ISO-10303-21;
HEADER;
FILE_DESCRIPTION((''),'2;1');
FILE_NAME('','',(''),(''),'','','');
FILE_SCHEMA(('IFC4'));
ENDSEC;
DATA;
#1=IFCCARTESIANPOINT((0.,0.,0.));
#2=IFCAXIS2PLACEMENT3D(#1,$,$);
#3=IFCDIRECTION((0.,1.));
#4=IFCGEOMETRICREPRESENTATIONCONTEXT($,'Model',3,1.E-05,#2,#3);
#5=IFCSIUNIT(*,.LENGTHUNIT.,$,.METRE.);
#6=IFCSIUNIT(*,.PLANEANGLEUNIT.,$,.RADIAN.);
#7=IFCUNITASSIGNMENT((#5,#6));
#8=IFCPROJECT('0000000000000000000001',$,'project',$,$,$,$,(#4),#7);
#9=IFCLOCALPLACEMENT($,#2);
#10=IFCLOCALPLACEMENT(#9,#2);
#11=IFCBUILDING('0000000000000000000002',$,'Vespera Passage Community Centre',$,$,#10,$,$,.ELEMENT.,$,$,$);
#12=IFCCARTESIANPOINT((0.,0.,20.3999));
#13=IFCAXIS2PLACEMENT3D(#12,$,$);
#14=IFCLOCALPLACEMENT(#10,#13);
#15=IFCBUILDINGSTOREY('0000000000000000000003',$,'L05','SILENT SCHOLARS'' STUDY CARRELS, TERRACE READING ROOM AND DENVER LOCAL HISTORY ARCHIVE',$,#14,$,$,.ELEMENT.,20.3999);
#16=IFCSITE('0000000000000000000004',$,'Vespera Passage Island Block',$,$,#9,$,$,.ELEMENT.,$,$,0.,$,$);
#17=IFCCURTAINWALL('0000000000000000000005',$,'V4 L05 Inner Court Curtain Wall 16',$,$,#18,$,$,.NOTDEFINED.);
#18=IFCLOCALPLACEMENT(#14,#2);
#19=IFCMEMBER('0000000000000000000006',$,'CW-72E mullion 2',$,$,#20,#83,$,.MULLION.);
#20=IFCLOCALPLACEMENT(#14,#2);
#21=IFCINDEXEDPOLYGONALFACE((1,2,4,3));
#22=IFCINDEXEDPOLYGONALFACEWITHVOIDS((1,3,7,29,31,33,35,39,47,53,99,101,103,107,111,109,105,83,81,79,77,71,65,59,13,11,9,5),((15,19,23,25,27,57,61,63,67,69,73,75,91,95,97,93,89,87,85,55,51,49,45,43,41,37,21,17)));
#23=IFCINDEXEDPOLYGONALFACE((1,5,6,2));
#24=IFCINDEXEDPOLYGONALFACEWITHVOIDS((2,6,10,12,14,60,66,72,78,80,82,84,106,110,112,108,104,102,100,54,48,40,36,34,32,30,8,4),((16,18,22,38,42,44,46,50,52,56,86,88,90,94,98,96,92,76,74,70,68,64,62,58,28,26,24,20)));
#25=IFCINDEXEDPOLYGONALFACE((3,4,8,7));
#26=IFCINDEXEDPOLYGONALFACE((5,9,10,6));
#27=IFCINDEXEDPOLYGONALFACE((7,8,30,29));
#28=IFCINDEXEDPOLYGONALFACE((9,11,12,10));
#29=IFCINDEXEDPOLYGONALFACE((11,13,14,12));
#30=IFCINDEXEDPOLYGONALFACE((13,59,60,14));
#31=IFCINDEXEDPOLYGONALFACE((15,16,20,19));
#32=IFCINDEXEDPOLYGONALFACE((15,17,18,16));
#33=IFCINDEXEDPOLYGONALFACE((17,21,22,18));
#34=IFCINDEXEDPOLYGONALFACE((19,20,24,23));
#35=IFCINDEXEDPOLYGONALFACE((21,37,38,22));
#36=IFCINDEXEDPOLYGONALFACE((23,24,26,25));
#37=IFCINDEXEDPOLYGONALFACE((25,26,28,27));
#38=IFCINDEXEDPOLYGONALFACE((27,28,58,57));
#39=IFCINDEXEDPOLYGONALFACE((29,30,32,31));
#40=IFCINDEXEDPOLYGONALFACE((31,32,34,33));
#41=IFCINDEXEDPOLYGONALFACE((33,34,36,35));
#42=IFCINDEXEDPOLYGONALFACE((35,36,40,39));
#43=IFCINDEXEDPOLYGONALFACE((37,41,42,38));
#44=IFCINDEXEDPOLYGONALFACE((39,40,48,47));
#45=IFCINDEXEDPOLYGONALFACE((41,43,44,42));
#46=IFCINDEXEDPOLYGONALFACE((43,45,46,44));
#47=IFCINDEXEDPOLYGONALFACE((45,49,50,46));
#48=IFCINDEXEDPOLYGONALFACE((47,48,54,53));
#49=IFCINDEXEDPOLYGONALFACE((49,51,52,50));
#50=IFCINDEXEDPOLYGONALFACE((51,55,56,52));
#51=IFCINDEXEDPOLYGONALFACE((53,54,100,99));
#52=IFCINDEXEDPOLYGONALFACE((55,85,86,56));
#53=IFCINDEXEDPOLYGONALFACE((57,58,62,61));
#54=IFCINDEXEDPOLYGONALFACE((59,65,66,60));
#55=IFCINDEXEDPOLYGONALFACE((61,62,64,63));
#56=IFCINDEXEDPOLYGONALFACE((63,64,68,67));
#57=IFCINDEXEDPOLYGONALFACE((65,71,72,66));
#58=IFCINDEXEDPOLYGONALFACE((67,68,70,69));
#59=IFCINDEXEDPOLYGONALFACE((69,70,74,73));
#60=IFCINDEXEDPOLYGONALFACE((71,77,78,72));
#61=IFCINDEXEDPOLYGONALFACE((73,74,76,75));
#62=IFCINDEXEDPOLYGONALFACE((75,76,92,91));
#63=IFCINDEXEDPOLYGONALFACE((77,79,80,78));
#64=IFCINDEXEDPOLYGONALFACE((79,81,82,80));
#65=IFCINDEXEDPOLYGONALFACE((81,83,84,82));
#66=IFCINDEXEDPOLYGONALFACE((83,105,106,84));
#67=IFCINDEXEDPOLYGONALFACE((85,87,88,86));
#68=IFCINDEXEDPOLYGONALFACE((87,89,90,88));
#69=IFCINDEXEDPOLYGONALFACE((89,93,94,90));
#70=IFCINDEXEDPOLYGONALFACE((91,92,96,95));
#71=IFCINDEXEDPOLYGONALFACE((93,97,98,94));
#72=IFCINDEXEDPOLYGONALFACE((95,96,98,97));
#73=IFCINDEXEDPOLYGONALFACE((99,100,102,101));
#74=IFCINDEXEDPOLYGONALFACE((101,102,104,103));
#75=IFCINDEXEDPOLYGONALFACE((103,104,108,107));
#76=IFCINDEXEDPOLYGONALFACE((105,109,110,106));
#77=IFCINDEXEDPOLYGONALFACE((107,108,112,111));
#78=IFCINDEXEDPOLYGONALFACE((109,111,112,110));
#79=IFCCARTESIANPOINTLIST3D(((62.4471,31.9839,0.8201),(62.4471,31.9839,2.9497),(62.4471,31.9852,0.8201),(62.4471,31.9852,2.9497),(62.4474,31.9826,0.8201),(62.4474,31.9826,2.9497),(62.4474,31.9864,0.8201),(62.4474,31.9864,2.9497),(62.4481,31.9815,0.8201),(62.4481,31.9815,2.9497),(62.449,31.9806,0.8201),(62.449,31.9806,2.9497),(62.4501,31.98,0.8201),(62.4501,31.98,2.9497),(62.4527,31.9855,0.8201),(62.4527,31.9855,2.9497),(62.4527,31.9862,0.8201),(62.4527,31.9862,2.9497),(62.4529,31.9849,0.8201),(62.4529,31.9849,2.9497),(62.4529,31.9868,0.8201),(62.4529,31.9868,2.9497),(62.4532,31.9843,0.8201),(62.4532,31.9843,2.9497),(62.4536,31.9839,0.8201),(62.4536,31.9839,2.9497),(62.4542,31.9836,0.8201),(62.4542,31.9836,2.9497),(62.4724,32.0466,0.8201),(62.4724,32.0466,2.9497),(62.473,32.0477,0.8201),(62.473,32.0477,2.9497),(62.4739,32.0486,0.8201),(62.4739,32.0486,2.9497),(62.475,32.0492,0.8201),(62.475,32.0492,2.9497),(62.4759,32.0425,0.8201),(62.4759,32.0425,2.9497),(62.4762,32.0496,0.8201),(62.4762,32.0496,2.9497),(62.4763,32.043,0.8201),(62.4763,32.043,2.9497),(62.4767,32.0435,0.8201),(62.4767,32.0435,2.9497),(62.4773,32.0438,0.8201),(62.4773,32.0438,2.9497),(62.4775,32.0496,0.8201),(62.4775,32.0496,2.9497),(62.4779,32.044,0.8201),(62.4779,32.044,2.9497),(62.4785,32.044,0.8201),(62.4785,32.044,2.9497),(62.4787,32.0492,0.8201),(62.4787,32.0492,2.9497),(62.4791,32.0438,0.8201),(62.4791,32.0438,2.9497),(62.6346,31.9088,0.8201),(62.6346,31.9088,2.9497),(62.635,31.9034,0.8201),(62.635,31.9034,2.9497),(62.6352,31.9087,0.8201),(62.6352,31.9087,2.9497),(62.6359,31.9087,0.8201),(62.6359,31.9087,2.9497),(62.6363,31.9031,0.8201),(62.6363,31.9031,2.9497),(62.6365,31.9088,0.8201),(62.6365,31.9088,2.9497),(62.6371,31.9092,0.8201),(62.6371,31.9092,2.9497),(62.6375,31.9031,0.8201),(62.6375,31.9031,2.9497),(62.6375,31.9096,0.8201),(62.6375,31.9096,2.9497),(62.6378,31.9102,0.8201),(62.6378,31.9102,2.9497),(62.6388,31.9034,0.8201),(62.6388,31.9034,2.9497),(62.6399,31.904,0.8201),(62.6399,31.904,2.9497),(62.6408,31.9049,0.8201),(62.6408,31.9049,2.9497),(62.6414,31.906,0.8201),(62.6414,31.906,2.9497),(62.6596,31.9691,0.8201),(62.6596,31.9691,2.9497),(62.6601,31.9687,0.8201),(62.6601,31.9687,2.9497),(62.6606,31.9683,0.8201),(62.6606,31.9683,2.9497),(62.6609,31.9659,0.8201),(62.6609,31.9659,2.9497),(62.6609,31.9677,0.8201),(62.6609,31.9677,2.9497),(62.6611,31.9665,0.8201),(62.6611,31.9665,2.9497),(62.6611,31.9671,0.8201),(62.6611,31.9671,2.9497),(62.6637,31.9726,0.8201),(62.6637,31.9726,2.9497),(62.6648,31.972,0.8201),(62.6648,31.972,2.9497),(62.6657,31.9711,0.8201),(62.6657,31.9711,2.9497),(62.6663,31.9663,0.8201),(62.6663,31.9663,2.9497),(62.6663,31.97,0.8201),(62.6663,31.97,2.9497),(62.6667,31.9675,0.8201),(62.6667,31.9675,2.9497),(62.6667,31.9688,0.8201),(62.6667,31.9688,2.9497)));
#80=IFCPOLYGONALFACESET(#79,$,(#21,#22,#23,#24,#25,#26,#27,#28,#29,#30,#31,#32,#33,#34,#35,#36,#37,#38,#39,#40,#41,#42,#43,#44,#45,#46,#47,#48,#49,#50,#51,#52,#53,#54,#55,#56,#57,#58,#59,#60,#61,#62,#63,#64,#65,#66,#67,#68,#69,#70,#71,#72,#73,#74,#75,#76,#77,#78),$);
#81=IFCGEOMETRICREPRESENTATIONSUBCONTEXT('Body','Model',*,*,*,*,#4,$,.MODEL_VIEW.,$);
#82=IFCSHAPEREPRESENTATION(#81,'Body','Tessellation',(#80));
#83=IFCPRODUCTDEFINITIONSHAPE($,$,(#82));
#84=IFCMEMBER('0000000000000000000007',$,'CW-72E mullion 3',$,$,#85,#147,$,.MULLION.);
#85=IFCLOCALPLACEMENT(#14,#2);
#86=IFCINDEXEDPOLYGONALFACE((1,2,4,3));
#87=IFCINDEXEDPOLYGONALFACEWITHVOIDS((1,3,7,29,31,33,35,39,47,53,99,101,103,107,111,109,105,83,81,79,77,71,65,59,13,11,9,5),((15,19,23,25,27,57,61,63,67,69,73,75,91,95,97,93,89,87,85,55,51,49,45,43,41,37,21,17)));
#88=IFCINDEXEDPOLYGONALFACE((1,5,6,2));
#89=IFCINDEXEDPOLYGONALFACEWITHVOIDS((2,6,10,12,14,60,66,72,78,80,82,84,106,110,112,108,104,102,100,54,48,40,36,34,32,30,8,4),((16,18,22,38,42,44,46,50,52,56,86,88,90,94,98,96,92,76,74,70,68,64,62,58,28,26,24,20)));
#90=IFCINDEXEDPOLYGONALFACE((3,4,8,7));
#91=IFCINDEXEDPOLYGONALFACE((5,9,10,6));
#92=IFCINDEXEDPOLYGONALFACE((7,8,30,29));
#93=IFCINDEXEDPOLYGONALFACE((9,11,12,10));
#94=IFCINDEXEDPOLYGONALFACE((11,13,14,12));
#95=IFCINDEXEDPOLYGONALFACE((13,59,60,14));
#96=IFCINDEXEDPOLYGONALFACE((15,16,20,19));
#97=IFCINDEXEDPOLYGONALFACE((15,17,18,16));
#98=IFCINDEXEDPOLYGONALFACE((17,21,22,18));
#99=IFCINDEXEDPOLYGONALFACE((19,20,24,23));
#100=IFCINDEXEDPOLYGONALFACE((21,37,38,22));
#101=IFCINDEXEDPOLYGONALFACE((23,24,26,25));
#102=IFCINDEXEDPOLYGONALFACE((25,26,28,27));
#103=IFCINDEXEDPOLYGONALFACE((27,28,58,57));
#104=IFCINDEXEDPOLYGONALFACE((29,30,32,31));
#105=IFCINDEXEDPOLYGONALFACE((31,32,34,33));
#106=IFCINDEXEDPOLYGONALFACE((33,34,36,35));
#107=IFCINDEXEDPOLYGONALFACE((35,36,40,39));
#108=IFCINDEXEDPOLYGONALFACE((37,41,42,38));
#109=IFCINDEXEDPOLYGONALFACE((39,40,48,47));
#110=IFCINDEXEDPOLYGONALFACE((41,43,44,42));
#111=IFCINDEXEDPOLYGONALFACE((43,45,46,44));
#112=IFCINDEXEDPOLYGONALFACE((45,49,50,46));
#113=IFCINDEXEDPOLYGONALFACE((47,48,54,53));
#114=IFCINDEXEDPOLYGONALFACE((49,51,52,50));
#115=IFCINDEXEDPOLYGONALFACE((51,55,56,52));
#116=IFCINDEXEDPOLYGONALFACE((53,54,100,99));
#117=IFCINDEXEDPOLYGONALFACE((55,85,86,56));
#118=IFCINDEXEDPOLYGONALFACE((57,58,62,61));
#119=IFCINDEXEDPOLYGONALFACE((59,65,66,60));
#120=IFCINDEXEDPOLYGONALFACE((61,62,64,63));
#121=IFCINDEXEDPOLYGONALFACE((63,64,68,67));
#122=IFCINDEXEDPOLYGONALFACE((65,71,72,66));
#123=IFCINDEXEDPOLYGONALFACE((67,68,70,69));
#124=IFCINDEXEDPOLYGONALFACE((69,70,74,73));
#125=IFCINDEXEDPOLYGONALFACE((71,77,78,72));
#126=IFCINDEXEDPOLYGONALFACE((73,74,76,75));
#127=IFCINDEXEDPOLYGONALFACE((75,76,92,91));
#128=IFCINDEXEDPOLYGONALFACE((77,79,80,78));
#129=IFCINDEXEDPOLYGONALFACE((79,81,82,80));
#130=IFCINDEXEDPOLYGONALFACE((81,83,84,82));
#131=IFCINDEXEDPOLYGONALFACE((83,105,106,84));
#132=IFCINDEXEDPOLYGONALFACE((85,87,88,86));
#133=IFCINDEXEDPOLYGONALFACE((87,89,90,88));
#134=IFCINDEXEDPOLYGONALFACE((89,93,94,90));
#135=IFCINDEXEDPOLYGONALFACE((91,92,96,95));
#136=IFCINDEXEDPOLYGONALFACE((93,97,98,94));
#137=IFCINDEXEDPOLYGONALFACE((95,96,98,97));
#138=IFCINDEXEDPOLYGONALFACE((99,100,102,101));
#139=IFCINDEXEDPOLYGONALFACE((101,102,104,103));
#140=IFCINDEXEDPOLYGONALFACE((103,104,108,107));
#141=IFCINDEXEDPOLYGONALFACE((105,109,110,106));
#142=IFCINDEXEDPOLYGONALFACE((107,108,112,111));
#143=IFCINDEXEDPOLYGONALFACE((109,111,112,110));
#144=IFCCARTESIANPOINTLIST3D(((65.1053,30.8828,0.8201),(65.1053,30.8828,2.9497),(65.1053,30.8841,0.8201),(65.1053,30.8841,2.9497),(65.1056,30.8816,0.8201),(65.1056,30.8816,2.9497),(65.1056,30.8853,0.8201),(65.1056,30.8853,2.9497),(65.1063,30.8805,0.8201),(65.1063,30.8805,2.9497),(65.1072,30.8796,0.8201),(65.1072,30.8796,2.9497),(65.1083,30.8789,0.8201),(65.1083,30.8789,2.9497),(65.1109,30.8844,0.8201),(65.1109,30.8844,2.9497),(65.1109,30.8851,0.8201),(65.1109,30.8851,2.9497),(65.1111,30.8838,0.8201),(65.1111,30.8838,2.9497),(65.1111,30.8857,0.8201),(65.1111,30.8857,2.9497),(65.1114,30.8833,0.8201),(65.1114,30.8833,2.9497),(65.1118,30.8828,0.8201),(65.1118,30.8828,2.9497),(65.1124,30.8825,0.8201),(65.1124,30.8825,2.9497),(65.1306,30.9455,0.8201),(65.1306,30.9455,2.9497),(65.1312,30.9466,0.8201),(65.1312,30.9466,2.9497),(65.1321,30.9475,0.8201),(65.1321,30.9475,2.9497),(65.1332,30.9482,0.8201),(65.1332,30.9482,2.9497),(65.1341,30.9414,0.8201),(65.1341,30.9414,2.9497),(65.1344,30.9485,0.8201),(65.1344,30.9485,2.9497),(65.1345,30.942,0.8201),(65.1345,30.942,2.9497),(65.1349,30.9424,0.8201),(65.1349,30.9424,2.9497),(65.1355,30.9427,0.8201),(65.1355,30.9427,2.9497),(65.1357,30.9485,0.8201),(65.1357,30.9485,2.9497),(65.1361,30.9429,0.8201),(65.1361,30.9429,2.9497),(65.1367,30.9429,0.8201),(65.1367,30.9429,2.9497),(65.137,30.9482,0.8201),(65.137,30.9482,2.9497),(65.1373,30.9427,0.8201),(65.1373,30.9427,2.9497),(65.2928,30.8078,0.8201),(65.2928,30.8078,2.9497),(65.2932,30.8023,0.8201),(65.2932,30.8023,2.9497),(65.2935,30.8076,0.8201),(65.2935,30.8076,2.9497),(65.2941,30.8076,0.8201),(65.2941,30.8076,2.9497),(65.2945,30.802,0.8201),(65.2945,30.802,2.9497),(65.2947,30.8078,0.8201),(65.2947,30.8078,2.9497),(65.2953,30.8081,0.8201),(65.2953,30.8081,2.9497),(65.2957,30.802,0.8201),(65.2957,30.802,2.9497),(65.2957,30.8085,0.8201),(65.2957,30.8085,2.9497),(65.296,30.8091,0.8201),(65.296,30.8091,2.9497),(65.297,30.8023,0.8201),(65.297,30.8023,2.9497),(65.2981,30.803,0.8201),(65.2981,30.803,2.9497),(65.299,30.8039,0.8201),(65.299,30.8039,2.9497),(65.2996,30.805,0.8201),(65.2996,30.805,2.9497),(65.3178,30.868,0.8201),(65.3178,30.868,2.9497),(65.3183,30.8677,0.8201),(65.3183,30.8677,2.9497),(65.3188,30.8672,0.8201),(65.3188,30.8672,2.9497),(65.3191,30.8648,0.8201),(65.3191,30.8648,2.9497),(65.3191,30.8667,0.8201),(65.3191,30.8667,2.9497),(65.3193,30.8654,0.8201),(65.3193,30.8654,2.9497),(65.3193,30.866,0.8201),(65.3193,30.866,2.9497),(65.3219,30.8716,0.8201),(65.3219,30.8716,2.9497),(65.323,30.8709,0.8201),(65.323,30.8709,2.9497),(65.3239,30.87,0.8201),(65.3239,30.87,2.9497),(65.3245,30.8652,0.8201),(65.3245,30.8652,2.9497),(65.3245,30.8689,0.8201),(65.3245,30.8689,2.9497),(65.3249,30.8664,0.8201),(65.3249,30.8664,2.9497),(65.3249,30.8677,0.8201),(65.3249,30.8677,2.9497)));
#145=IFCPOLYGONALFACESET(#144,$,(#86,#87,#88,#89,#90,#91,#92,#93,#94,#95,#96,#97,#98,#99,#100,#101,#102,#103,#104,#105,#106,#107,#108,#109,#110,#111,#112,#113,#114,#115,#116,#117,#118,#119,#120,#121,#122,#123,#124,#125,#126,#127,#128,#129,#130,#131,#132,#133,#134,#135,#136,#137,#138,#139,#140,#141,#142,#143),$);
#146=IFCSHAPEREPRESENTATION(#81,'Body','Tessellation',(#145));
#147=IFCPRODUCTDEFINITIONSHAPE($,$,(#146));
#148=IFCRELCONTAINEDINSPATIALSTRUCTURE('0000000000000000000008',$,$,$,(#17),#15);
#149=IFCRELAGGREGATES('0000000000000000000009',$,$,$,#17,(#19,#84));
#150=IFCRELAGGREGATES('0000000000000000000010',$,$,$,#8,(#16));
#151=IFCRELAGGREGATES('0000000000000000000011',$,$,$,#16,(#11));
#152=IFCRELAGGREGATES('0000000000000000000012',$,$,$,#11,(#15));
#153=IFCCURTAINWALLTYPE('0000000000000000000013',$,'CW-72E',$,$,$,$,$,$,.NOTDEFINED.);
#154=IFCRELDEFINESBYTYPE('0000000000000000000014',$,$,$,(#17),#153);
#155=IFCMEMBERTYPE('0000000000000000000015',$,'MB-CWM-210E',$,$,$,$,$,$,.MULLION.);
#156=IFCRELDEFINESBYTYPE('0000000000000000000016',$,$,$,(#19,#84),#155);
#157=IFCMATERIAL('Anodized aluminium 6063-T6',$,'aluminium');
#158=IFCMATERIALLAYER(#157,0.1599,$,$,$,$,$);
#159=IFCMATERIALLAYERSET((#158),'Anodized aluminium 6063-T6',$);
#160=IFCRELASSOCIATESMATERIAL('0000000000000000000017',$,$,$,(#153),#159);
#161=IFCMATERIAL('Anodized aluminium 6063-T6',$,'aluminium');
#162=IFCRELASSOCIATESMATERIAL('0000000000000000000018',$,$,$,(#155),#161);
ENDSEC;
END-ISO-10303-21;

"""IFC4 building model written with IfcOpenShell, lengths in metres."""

from ifc_helpers import new_model, si_unit, direction, frame, origin, origin_2d, place, context, subcontext, project, spatial, hollow_rectangle, extrude, material, layer, layer_set, material_profile, profile_set, type_object, element, aggregate, save


model = new_model("IFC4")

# Units and contexts
model_context = context("Model", 3, precision=1e-05, world=origin(), true_north=direction((0.0, 1.0)))
body_context = subcontext(model_context, "Body", "Model", "MODEL_VIEW")
ifc_project = project(units=[si_unit("LENGTHUNIT", "METRE"), si_unit("PLANEANGLEUNIT", "RADIAN")], contexts=[model_context])

# Site, building, storey
site_placement = place(None, origin())
site = spatial("IfcSite", under=ifc_project, at=site_placement, Name="Vespera Passage Island Block", CompositionType="ELEMENT", RefElevation=0.0)
building_placement = place(site_placement, origin())
building = spatial("IfcBuilding", under=site, at=building_placement, Name="Vespera Passage Community Centre", CompositionType="ELEMENT")
storey_placement = place(building_placement, frame((0.0, 0.0, 20.3999)))
storey = spatial("IfcBuildingStorey", under=building, at=storey_placement, Name="L05", Description="SILENT SCHOLARS' STUDY CARRELS, TERRACE READING ROOM AND DENVER LOCAL HISTORY ARCHIVE", CompositionType="ELEMENT", Elevation=20.3999)

# Curtain wall, members
ifc_material_1 = material(Name="Anodized aluminium 6063-T6", Category="aluminium")
ifc_layer_1 = layer(ifc_material_1, 0.1599)
ifc_layer_set_1 = layer_set([ifc_layer_1], Name="Anodized aluminium 6063-T6")
curtain_wall_type_1 = type_object("IfcCurtainWallType", Name="CW-72E", PredefinedType="NOTDEFINED", material=ifc_layer_set_1)
curtain_wall_1_placement = place(storey_placement, origin())
curtain_wall_1 = element("IfcCurtainWall", 1, at=curtain_wall_1_placement, inside=storey, type_object=curtain_wall_type_1, Name="V4 L05 Inner Court Curtain Wall 16", PredefinedType="NOTDEFINED")
ifc_material_2 = material(Name="Anodized aluminium 6063-T6", Category="aluminium")
ifc_material_profile_1 = material_profile(ifc_material_2, hollow_rectangle(XDim=0.075, YDim=0.21, WallThickness=0.0049, InnerFilletRadius=0.0024, OuterFilletRadius=0.0049, at=origin_2d()), Name="ALU210X75X5")
ifc_profile_set_1 = profile_set([ifc_material_profile_1], Name="Anodized aluminium 6063-T6")
member_type_1 = type_object("IfcMemberType", Name="MB-CWM-210E", PredefinedType="MULLION", material=ifc_profile_set_1)
member_1_placement = place(storey_placement, frame((62.5569, 31.9763, 0.8201), z_axis=(0.0, 0.0, 1.0), x_axis=(0.38269, 0.923877, 0.0)))
member_1 = element("IfcMember", 2, at=member_1_placement, type_object=member_type_1, Name="CW-72E mullion 2", PredefinedType="MULLION", context=body_context, shape_type="SweptSolid", body=[
    extrude(hollow_rectangle(XDim=0.075, YDim=0.21, WallThickness=0.0049, InnerFilletRadius=0.0024, OuterFilletRadius=0.0049, at=origin_2d()), origin(), (0.0, 0.0, 1.0), 2.1296),
])
member_2_placement = place(storey_placement, frame((65.2151, 30.8752, 0.8201), z_axis=(0.0, 0.0, 1.0), x_axis=(0.38269, 0.923877, 0.0)))
member_2 = element("IfcMember", 3, at=member_2_placement, type_object=member_type_1, Name="CW-72E mullion 3", PredefinedType="MULLION", context=body_context, shape_type="SweptSolid", body=[
    extrude(hollow_rectangle(XDim=0.075, YDim=0.21, WallThickness=0.0049, InnerFilletRadius=0.0024, OuterFilletRadius=0.0049, at=origin_2d()), origin(), (0.0, 0.0, 1.0), 2.1296),
])

aggregate(curtain_wall_1, [member_1, member_2])

save(model, "model.ifc")
